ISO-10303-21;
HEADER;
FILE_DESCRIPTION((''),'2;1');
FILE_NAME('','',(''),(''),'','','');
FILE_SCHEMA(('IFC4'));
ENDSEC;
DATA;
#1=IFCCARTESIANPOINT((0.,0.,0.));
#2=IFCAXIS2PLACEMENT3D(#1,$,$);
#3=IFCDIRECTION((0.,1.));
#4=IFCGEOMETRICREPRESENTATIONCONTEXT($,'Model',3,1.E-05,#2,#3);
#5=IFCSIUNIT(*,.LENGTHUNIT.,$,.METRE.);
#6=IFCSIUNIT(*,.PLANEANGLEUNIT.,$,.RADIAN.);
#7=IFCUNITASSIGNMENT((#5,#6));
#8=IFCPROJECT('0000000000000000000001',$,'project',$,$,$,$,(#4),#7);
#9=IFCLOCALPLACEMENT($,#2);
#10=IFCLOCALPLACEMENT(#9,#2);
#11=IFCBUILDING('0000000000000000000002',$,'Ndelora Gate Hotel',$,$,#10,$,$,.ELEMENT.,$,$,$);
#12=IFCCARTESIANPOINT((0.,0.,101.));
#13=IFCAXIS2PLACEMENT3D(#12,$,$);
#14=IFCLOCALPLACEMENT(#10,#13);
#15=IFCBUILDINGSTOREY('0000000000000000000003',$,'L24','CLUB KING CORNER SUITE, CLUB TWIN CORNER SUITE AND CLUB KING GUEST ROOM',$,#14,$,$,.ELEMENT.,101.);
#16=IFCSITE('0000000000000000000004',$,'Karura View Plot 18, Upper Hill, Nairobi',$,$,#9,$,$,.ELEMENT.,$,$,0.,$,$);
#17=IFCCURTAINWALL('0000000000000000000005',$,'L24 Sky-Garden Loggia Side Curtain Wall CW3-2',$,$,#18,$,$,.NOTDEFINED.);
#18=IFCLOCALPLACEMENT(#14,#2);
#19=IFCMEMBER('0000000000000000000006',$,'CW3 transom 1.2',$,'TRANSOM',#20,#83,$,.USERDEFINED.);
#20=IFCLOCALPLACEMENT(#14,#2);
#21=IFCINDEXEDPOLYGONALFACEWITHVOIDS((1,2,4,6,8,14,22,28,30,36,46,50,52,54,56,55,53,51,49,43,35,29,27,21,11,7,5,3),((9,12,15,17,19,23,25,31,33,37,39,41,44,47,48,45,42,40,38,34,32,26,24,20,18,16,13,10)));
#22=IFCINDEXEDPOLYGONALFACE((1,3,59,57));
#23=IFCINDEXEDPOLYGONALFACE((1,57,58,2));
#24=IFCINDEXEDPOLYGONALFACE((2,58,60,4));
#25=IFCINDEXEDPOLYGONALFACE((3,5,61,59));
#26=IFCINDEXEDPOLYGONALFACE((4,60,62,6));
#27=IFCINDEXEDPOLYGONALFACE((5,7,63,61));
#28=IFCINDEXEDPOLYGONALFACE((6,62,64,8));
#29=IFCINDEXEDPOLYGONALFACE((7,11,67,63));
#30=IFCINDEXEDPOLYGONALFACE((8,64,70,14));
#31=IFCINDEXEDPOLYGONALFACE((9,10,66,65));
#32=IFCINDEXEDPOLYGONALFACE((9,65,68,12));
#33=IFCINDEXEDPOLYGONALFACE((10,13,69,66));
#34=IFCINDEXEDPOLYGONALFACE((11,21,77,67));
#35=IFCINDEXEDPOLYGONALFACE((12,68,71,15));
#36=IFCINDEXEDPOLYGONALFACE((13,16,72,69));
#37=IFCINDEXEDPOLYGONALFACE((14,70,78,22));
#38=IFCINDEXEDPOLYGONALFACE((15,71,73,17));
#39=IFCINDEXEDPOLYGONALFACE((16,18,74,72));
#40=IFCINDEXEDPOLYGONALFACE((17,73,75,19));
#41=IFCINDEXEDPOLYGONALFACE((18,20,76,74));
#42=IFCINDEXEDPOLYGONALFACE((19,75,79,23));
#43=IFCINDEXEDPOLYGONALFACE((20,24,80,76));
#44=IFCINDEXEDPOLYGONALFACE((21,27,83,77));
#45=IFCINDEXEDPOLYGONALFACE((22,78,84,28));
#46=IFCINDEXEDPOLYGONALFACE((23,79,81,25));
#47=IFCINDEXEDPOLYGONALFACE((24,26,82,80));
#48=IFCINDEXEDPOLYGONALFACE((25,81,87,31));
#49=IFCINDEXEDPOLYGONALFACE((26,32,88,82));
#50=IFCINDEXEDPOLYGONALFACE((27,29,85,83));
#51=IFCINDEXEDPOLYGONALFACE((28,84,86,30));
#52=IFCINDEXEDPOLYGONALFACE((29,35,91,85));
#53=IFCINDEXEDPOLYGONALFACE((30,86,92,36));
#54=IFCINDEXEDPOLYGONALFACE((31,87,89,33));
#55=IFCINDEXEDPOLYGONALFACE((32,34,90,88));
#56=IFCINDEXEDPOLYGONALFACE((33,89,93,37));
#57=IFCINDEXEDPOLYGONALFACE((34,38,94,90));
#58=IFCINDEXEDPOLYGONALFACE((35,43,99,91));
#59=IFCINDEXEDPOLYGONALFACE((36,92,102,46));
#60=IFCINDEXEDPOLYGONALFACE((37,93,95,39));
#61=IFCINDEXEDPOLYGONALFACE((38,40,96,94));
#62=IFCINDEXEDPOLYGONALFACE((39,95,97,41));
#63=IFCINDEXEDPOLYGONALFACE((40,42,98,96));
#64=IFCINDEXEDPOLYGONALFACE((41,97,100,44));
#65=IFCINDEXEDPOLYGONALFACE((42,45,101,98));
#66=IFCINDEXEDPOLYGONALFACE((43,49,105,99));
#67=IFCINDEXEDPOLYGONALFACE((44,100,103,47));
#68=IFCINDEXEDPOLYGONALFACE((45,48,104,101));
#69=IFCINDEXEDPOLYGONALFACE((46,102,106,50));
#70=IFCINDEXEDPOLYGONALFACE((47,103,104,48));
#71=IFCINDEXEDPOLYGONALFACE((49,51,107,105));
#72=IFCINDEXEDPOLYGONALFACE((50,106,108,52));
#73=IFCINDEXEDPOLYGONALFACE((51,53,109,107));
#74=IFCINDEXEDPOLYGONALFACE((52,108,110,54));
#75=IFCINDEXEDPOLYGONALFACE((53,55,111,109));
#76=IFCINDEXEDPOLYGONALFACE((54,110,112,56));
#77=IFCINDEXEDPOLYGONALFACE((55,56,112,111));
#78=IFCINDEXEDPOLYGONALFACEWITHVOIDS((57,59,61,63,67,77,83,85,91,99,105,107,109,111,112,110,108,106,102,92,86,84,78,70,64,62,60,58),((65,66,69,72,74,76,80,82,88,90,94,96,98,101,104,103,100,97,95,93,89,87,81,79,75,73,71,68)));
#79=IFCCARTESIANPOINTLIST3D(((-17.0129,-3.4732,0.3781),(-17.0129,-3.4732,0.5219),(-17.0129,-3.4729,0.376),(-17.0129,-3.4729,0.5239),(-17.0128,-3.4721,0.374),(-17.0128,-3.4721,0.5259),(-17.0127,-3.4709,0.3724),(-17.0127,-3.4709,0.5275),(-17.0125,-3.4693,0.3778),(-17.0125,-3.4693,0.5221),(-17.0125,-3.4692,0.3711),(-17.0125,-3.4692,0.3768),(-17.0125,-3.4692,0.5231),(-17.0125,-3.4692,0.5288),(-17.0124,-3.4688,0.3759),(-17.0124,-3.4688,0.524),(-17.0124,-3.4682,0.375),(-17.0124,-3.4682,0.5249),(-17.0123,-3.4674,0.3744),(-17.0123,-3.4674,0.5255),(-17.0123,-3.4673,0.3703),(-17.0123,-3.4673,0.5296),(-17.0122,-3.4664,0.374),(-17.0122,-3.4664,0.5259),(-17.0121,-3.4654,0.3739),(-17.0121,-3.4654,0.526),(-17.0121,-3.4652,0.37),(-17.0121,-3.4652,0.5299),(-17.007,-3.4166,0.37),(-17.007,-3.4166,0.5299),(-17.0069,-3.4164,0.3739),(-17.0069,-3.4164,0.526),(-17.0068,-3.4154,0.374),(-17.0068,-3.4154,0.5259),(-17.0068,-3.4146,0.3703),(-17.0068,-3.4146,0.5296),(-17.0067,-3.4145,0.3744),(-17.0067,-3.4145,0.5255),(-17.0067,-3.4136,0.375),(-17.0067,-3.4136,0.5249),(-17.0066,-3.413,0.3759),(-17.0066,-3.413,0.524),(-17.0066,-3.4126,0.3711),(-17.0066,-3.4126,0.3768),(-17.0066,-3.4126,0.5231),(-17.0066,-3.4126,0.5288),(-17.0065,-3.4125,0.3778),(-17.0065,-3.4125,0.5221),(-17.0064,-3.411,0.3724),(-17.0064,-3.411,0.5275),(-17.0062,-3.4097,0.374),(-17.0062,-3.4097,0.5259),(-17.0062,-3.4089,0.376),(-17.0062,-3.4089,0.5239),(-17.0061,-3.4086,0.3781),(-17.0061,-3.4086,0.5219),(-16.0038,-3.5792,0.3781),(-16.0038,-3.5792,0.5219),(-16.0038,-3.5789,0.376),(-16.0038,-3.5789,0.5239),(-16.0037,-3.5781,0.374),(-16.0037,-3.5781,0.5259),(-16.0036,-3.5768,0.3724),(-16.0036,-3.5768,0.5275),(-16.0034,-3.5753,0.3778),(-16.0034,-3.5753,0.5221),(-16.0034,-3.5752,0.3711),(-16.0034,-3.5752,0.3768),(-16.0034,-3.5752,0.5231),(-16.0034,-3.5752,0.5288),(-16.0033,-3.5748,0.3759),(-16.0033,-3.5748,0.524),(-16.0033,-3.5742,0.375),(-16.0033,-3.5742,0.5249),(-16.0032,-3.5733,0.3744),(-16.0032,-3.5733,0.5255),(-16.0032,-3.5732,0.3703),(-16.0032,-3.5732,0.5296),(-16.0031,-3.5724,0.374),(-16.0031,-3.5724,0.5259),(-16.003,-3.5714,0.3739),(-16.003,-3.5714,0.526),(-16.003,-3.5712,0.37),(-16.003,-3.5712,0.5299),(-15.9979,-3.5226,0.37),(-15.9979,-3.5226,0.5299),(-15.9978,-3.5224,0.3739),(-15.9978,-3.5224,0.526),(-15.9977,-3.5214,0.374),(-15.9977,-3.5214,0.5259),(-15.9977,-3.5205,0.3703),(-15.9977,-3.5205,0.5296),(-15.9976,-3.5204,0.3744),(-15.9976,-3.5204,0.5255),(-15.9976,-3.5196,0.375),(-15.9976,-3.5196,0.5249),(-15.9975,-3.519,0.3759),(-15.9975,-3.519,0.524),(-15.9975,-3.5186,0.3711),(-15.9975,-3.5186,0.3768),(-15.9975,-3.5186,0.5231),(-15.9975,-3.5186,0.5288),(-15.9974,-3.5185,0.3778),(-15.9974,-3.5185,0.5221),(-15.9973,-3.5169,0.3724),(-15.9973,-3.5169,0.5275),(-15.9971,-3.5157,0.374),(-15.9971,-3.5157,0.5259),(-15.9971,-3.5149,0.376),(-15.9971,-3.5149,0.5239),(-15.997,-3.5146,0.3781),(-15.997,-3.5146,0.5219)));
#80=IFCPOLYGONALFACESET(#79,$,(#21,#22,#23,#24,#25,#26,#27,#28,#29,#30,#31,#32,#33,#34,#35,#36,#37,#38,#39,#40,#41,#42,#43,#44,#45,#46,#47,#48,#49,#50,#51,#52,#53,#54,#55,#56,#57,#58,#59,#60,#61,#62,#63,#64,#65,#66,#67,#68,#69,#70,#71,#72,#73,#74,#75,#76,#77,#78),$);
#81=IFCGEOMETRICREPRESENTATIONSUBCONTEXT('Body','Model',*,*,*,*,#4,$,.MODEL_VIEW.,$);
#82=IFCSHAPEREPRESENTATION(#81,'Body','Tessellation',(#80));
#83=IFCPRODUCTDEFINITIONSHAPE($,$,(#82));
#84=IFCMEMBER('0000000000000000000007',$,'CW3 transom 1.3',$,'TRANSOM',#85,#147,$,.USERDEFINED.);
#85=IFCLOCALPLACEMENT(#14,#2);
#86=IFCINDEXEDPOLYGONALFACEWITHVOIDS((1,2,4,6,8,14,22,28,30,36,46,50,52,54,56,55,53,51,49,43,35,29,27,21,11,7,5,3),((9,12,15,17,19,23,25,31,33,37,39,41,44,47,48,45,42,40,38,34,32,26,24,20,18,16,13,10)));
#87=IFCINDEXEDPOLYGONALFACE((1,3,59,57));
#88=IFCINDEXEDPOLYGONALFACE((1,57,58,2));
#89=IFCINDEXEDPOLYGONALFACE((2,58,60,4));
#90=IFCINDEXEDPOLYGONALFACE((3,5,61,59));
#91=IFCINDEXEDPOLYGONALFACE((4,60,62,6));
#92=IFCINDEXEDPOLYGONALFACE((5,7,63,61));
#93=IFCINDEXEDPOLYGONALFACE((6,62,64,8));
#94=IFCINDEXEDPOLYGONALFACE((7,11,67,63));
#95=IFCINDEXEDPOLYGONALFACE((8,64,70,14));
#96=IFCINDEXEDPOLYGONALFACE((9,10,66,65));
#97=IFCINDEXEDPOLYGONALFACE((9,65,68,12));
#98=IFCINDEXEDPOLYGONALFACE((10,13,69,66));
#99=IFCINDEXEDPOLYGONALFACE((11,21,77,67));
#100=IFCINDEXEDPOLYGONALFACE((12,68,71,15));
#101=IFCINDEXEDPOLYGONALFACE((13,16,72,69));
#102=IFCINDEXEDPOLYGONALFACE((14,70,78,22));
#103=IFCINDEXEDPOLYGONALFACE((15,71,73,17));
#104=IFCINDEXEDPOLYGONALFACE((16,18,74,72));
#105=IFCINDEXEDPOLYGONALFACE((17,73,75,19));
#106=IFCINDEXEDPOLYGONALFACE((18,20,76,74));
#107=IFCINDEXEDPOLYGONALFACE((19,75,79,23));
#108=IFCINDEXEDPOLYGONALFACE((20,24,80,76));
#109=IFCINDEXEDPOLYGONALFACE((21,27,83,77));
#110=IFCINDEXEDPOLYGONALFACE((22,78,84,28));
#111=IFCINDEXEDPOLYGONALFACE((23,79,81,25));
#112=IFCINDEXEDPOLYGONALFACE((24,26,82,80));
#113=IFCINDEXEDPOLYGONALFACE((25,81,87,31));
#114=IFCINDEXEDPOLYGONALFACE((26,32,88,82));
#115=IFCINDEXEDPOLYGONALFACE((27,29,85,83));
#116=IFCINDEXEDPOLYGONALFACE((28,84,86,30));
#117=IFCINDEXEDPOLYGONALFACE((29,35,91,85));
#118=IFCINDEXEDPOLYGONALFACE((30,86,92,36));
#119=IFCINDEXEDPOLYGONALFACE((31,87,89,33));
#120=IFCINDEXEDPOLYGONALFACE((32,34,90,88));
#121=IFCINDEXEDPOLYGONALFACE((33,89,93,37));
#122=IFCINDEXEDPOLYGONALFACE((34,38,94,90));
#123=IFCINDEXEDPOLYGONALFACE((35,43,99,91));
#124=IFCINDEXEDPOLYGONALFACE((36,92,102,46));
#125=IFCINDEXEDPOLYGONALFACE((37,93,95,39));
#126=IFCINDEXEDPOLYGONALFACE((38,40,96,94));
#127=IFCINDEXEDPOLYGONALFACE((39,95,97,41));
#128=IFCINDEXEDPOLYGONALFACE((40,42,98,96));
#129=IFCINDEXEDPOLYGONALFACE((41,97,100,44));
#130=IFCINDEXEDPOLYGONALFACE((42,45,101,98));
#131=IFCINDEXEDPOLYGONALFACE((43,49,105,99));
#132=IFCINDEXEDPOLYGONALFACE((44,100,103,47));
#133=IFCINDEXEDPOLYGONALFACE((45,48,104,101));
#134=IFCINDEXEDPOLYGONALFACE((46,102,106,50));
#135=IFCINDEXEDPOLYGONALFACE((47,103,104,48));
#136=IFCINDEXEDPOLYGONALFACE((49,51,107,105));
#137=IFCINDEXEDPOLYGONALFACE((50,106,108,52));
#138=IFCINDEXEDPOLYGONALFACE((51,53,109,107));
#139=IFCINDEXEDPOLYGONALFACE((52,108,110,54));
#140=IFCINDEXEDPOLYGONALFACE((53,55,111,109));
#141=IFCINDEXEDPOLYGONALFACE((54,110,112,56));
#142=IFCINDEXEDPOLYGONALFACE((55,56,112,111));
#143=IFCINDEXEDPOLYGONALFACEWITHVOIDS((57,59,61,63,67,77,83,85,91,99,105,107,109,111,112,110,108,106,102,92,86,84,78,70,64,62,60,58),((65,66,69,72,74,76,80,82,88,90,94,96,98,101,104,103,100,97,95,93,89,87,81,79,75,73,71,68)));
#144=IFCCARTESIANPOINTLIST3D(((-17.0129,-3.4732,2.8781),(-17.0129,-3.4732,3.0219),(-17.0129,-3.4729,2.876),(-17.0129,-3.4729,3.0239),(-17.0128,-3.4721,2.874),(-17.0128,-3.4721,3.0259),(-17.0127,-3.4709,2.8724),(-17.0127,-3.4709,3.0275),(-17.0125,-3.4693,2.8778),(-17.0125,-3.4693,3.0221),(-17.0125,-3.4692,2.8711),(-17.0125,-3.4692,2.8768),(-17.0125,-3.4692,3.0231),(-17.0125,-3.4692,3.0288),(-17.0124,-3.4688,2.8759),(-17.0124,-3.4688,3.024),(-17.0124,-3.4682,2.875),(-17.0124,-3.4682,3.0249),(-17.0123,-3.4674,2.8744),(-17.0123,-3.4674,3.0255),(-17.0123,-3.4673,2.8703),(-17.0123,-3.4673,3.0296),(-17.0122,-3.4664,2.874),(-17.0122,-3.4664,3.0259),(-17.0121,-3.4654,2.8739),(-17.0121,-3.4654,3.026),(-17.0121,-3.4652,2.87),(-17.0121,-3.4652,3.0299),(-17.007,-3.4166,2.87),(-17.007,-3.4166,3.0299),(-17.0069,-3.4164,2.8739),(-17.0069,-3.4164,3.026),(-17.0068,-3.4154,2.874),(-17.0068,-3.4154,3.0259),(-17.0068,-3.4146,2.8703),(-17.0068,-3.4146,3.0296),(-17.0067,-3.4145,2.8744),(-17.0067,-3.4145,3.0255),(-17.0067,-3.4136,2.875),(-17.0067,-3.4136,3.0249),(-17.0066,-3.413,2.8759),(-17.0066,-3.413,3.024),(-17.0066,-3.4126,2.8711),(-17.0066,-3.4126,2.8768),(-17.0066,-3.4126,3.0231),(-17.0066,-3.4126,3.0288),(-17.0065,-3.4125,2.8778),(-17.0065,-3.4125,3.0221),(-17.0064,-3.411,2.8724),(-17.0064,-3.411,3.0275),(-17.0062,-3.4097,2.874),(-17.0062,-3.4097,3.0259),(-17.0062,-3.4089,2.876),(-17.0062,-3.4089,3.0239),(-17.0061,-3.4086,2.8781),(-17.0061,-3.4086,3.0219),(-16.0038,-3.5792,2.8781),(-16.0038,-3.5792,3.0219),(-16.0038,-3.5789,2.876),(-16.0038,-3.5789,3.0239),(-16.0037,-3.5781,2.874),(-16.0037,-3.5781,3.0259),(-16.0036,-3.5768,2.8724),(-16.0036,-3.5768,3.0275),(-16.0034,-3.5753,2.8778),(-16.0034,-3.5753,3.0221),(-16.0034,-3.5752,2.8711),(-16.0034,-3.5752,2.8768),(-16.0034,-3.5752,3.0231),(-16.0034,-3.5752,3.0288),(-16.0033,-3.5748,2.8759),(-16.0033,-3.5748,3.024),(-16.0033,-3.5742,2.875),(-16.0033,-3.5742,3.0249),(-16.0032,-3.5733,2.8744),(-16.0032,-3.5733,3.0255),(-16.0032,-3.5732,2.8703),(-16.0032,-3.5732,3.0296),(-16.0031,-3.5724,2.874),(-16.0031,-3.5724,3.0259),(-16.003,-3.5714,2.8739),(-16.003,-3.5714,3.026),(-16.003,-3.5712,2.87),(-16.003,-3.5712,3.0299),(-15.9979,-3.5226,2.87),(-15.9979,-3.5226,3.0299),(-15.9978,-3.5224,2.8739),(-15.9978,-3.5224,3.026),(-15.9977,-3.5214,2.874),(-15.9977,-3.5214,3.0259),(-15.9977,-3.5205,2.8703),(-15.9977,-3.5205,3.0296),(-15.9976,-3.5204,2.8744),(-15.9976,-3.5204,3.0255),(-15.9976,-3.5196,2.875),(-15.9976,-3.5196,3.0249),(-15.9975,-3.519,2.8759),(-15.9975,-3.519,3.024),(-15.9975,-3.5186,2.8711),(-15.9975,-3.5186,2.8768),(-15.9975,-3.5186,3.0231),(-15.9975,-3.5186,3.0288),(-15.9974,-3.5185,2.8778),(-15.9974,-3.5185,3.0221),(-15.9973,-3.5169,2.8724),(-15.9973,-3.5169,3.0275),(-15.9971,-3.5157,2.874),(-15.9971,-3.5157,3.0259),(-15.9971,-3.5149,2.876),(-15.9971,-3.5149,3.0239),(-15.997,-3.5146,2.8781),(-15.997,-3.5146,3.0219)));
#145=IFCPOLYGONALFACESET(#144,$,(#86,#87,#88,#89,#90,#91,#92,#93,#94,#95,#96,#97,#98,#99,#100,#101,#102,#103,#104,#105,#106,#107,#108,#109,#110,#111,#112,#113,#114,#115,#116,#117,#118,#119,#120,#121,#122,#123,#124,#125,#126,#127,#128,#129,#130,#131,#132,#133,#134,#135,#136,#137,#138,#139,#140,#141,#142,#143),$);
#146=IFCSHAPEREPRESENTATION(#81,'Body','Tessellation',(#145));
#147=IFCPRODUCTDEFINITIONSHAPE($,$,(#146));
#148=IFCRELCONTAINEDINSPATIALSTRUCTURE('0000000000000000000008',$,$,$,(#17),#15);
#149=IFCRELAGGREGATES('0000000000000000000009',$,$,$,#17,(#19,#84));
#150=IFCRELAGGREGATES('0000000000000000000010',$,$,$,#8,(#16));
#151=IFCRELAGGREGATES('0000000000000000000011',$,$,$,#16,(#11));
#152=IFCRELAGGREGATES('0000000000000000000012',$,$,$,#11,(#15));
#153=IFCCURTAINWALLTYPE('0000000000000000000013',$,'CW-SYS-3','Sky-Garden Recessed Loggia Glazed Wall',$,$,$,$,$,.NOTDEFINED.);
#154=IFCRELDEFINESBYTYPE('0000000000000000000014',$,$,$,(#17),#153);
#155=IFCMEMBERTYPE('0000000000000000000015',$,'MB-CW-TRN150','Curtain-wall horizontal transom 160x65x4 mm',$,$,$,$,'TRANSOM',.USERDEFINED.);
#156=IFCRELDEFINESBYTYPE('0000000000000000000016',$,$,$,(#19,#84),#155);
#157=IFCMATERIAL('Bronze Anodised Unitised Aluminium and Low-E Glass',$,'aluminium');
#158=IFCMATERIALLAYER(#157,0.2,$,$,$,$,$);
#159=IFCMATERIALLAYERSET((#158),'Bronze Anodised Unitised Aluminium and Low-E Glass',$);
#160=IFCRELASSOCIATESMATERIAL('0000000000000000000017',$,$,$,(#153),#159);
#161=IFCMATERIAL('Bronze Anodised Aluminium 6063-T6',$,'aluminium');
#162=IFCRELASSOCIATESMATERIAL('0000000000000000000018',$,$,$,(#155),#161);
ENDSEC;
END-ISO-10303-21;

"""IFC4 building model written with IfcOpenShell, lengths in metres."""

from ifc_helpers import new_model, si_unit, direction, frame, origin, origin_2d, place, context, subcontext, project, spatial, hollow_rectangle, extrude, material, layer, layer_set, material_profile, profile_set, type_object, element, aggregate, save


model = new_model("IFC4")

# Units and contexts
model_context = context("Model", 3, precision=1e-05, world=origin(), true_north=direction((0.0, 1.0)))
body_context = subcontext(model_context, "Body", "Model", "MODEL_VIEW")
ifc_project = project(units=[si_unit("LENGTHUNIT", "METRE"), si_unit("PLANEANGLEUNIT", "RADIAN")], contexts=[model_context])

# Site, building, storey
site_placement = place(None, origin())
site = spatial("IfcSite", under=ifc_project, at=site_placement, Name="Karura View Plot 18, Upper Hill, Nairobi", CompositionType="ELEMENT", RefElevation=0.0)
building_placement = place(site_placement, origin())
building = spatial("IfcBuilding", under=site, at=building_placement, Name="Ndelora Gate Hotel", CompositionType="ELEMENT")
storey_placement = place(building_placement, frame((0.0, 0.0, 101.0)))
storey = spatial("IfcBuildingStorey", under=building, at=storey_placement, Name="L24", Description="CLUB KING CORNER SUITE, CLUB TWIN CORNER SUITE AND CLUB KING GUEST ROOM", CompositionType="ELEMENT", Elevation=101.0)

# Curtain wall, members
ifc_material_1 = material(Name="Bronze Anodised Unitised Aluminium and Low-E Glass", Category="aluminium")
ifc_layer_1 = layer(ifc_material_1, 0.2)
ifc_layer_set_1 = layer_set([ifc_layer_1], Name="Bronze Anodised Unitised Aluminium and Low-E Glass")
curtain_wall_type = type_object("IfcCurtainWallType", Name="CW-SYS-3", Description="Sky-Garden Recessed Loggia Glazed Wall", PredefinedType="NOTDEFINED", material=ifc_layer_set_1)
curtain_wall_placement = place(storey_placement, origin())
curtain_wall = element("IfcCurtainWall", 1, at=curtain_wall_placement, inside=storey, type_object=curtain_wall_type, Name="L24 Sky-Garden Loggia Side Curtain Wall CW3-2", PredefinedType="NOTDEFINED")
ifc_material_2 = material(Name="Bronze Anodised Aluminium 6063-T6", Category="aluminium")
ifc_material_profile_1 = material_profile(ifc_material_2, hollow_rectangle(XDim=0.0649, YDim=0.1599, WallThickness=0.0039, InnerFilletRadius=0.0039, OuterFilletRadius=0.0081, at=origin_2d()), Name="ALU 160x65x4")
ifc_profile_set_1 = profile_set([ifc_material_profile_1], Name="Bronze Anodised Aluminium 6063-T6")
member_type_1 = type_object("IfcMemberType", Name="MB-CW-TRN150", Description="Curtain-wall horizontal transom 160x65x4 mm", ElementType="TRANSOM", PredefinedType="USERDEFINED", material=ifc_profile_set_1)
member_1_placement = place(storey_placement, frame((-17.0095, -3.4409, 0.45), z_axis=(0.994532, -0.104434, 0.0), x_axis=(0.104434, 0.994532, 0.0)))
member_1 = element("IfcMember", 2, at=member_1_placement, type_object=member_type_1, Name="CW3 transom 1.2", ObjectType="TRANSOM", PredefinedType="USERDEFINED", context=body_context, shape_type="SweptSolid", body=[
    extrude(hollow_rectangle(XDim=0.0649, YDim=0.1599, WallThickness=0.0039, InnerFilletRadius=0.0039, OuterFilletRadius=0.0081, at=origin_2d()), origin(), (0.0, 0.0, 1.0), 1.0146),
])
member_2_placement = place(storey_placement, frame((-17.0095, -3.4409, 2.95), z_axis=(0.994532, -0.104434, 0.0), x_axis=(0.104434, 0.994532, 0.0)))
member_2 = element("IfcMember", 3, at=member_2_placement, type_object=member_type_1, Name="CW3 transom 1.3", ObjectType="TRANSOM", PredefinedType="USERDEFINED", context=body_context, shape_type="SweptSolid", body=[
    extrude(hollow_rectangle(XDim=0.0649, YDim=0.1599, WallThickness=0.0039, InnerFilletRadius=0.0039, OuterFilletRadius=0.0081, at=origin_2d()), origin(), (0.0, 0.0, 1.0), 1.0146),
])
aggregate(curtain_wall, [member_1, member_2])

save(model, "model.ifc")
